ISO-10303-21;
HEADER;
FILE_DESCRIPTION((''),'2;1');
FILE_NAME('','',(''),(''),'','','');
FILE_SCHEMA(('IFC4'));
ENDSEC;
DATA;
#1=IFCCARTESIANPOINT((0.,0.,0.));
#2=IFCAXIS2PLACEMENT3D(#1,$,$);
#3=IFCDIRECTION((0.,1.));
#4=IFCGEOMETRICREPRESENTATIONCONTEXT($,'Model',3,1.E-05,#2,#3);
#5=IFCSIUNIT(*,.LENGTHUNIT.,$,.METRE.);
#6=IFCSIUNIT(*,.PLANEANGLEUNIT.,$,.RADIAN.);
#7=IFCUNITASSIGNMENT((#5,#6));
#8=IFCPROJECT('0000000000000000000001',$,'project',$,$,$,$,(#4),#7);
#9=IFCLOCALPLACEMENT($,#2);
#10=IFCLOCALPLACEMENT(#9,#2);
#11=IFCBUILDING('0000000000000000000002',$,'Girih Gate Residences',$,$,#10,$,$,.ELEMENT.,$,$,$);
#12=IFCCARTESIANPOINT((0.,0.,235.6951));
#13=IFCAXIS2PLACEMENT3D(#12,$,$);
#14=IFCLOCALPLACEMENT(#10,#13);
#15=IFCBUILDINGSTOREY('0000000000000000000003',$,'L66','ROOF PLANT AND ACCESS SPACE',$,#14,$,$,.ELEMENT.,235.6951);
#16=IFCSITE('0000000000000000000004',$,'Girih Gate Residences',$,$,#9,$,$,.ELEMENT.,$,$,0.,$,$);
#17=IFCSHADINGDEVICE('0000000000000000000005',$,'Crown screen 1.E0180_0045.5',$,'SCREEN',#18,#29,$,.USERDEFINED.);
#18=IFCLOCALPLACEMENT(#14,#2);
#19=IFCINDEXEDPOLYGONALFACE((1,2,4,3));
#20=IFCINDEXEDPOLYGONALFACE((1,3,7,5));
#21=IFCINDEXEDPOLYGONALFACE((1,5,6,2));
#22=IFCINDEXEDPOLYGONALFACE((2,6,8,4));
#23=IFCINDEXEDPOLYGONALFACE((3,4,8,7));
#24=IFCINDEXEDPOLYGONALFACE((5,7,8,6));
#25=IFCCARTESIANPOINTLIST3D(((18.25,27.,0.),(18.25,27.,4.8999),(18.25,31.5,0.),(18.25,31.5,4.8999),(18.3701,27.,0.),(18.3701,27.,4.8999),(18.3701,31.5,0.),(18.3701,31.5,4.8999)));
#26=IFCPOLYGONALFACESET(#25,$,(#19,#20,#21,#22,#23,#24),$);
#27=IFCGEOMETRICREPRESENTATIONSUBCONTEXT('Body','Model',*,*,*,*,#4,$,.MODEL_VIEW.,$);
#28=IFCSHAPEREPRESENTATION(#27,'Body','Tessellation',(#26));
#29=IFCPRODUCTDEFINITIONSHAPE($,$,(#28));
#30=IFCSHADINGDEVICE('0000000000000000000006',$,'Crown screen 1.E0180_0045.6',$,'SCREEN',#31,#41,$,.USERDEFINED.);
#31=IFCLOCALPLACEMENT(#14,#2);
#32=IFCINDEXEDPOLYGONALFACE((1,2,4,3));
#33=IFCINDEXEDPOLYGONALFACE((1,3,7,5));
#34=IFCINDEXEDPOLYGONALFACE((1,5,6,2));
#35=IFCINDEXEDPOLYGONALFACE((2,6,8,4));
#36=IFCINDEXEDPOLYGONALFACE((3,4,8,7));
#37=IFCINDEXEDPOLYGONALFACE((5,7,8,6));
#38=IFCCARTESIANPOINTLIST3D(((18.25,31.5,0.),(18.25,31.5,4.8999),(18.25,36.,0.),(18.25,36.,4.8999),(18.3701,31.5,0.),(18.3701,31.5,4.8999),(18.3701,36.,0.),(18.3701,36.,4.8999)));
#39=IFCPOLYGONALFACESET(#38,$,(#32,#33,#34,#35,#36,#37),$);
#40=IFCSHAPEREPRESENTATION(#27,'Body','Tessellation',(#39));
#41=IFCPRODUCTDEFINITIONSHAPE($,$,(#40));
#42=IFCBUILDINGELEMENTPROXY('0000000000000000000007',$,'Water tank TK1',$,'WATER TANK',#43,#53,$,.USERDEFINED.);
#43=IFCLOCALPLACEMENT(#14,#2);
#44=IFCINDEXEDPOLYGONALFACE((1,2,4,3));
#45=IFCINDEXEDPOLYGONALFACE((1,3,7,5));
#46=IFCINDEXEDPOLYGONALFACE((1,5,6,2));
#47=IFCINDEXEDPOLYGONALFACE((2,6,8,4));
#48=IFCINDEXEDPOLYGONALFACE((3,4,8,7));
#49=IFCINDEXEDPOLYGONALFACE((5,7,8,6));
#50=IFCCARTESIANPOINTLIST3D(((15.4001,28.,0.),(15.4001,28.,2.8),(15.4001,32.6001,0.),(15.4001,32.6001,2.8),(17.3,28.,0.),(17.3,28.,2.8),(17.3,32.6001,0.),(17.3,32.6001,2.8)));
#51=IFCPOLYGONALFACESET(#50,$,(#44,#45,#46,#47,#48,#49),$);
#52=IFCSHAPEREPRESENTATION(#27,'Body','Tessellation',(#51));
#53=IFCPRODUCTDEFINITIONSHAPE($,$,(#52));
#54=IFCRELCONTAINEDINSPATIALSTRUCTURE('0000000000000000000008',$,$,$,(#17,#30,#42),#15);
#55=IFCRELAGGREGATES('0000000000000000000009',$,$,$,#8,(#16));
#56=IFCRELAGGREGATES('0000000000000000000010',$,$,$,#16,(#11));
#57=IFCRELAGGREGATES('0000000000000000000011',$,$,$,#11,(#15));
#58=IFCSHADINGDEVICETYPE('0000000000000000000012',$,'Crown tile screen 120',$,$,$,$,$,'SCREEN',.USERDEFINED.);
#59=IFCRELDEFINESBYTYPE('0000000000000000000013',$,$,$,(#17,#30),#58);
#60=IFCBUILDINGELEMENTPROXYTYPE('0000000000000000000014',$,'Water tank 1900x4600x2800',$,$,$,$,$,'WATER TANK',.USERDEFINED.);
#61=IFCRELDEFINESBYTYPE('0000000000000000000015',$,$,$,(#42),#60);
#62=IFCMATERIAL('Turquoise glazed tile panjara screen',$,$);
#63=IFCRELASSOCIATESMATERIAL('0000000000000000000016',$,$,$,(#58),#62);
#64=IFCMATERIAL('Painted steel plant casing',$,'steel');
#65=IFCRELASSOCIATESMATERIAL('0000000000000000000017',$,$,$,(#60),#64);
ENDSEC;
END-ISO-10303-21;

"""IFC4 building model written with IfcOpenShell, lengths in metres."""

from ifc_helpers import new_model, si_unit, direction, frame, origin, origin_2d, place, context, subcontext, project, spatial, rectangle, extrude, material, type_object, element, save


model = new_model("IFC4")

# Units and contexts
model_context = context("Model", 3, precision=1e-05, world=origin(), true_north=direction((0.0, 1.0)))
body_context = subcontext(model_context, "Body", "Model", "MODEL_VIEW")
ifc_project = project(units=[si_unit("LENGTHUNIT", "METRE"), si_unit("PLANEANGLEUNIT", "RADIAN")], contexts=[model_context])

# Site, building, storey
site_placement = place(None, origin())
site = spatial("IfcSite", under=ifc_project, at=site_placement, Name="Girih Gate Residences", CompositionType="ELEMENT", RefElevation=0.0)
building_placement = place(site_placement, origin())
building = spatial("IfcBuilding", under=site, at=building_placement, Name="Girih Gate Residences", CompositionType="ELEMENT")
storey_placement = place(building_placement, frame((0.0, 0.0, 235.6951)))
storey = spatial("IfcBuildingStorey", under=building, at=storey_placement, Name="L66", Description="ROOF PLANT AND ACCESS SPACE", CompositionType="ELEMENT", Elevation=235.6951)

# Shading devices
ifc_material_1 = material(Name="Turquoise glazed tile panjara screen")
shading_device_type_1 = type_object("IfcShadingDeviceType", Name="Crown tile screen 120", ElementType="SCREEN", PredefinedType="USERDEFINED", material=ifc_material_1)
for number, where, z_axis, x_axis, name in (
    (1, (18.3101, 29.25, 0.0), (0.0, 0.0, 1.0), (0.0, 1.0, 0.0), "Crown screen 1.E0180_0045.5"),
    (2, (18.3101, 33.75, 0.0), (0.0, 0.0, 1.0), (0.0, 1.0, 0.0), "Crown screen 1.E0180_0045.6"),
):
    element("IfcShadingDevice", number, at=place(storey_placement, frame(where, z_axis=z_axis, x_axis=x_axis)), inside=storey, type_object=shading_device_type_1, Name=name, ObjectType="SCREEN", PredefinedType="USERDEFINED", context=body_context, shape_type="SweptSolid", body=[
        extrude(rectangle(XDim=4.5, YDim=0.1201, at=origin_2d()), origin(), (0.0, 0.0, 1.0), 4.8999),
    ])

# Building element proxy
ifc_material_2 = material(Name="Painted steel plant casing", Category="steel")
building_element_proxy_type = type_object("IfcBuildingElementProxyType", Name="Water tank 1900x4600x2800", ElementType="WATER TANK", PredefinedType="USERDEFINED", material=ifc_material_2)
proxy_placement = place(storey_placement, frame((16.3501, 30.3, 0.0), z_axis=(0.0, 0.0, 1.0), x_axis=(1.0, 0.0, 0.0)))
element("IfcBuildingElementProxy", 3, at=proxy_placement, inside=storey, type_object=building_element_proxy_type, Name="Water tank TK1", ObjectType="WATER TANK", PredefinedType="USERDEFINED", context=body_context, shape_type="SweptSolid", body=[
    extrude(rectangle(XDim=1.8999, YDim=4.6001, at=origin_2d()), origin(), (0.0, 0.0, 1.0), 2.8),
])

save(model, "model.ifc")
